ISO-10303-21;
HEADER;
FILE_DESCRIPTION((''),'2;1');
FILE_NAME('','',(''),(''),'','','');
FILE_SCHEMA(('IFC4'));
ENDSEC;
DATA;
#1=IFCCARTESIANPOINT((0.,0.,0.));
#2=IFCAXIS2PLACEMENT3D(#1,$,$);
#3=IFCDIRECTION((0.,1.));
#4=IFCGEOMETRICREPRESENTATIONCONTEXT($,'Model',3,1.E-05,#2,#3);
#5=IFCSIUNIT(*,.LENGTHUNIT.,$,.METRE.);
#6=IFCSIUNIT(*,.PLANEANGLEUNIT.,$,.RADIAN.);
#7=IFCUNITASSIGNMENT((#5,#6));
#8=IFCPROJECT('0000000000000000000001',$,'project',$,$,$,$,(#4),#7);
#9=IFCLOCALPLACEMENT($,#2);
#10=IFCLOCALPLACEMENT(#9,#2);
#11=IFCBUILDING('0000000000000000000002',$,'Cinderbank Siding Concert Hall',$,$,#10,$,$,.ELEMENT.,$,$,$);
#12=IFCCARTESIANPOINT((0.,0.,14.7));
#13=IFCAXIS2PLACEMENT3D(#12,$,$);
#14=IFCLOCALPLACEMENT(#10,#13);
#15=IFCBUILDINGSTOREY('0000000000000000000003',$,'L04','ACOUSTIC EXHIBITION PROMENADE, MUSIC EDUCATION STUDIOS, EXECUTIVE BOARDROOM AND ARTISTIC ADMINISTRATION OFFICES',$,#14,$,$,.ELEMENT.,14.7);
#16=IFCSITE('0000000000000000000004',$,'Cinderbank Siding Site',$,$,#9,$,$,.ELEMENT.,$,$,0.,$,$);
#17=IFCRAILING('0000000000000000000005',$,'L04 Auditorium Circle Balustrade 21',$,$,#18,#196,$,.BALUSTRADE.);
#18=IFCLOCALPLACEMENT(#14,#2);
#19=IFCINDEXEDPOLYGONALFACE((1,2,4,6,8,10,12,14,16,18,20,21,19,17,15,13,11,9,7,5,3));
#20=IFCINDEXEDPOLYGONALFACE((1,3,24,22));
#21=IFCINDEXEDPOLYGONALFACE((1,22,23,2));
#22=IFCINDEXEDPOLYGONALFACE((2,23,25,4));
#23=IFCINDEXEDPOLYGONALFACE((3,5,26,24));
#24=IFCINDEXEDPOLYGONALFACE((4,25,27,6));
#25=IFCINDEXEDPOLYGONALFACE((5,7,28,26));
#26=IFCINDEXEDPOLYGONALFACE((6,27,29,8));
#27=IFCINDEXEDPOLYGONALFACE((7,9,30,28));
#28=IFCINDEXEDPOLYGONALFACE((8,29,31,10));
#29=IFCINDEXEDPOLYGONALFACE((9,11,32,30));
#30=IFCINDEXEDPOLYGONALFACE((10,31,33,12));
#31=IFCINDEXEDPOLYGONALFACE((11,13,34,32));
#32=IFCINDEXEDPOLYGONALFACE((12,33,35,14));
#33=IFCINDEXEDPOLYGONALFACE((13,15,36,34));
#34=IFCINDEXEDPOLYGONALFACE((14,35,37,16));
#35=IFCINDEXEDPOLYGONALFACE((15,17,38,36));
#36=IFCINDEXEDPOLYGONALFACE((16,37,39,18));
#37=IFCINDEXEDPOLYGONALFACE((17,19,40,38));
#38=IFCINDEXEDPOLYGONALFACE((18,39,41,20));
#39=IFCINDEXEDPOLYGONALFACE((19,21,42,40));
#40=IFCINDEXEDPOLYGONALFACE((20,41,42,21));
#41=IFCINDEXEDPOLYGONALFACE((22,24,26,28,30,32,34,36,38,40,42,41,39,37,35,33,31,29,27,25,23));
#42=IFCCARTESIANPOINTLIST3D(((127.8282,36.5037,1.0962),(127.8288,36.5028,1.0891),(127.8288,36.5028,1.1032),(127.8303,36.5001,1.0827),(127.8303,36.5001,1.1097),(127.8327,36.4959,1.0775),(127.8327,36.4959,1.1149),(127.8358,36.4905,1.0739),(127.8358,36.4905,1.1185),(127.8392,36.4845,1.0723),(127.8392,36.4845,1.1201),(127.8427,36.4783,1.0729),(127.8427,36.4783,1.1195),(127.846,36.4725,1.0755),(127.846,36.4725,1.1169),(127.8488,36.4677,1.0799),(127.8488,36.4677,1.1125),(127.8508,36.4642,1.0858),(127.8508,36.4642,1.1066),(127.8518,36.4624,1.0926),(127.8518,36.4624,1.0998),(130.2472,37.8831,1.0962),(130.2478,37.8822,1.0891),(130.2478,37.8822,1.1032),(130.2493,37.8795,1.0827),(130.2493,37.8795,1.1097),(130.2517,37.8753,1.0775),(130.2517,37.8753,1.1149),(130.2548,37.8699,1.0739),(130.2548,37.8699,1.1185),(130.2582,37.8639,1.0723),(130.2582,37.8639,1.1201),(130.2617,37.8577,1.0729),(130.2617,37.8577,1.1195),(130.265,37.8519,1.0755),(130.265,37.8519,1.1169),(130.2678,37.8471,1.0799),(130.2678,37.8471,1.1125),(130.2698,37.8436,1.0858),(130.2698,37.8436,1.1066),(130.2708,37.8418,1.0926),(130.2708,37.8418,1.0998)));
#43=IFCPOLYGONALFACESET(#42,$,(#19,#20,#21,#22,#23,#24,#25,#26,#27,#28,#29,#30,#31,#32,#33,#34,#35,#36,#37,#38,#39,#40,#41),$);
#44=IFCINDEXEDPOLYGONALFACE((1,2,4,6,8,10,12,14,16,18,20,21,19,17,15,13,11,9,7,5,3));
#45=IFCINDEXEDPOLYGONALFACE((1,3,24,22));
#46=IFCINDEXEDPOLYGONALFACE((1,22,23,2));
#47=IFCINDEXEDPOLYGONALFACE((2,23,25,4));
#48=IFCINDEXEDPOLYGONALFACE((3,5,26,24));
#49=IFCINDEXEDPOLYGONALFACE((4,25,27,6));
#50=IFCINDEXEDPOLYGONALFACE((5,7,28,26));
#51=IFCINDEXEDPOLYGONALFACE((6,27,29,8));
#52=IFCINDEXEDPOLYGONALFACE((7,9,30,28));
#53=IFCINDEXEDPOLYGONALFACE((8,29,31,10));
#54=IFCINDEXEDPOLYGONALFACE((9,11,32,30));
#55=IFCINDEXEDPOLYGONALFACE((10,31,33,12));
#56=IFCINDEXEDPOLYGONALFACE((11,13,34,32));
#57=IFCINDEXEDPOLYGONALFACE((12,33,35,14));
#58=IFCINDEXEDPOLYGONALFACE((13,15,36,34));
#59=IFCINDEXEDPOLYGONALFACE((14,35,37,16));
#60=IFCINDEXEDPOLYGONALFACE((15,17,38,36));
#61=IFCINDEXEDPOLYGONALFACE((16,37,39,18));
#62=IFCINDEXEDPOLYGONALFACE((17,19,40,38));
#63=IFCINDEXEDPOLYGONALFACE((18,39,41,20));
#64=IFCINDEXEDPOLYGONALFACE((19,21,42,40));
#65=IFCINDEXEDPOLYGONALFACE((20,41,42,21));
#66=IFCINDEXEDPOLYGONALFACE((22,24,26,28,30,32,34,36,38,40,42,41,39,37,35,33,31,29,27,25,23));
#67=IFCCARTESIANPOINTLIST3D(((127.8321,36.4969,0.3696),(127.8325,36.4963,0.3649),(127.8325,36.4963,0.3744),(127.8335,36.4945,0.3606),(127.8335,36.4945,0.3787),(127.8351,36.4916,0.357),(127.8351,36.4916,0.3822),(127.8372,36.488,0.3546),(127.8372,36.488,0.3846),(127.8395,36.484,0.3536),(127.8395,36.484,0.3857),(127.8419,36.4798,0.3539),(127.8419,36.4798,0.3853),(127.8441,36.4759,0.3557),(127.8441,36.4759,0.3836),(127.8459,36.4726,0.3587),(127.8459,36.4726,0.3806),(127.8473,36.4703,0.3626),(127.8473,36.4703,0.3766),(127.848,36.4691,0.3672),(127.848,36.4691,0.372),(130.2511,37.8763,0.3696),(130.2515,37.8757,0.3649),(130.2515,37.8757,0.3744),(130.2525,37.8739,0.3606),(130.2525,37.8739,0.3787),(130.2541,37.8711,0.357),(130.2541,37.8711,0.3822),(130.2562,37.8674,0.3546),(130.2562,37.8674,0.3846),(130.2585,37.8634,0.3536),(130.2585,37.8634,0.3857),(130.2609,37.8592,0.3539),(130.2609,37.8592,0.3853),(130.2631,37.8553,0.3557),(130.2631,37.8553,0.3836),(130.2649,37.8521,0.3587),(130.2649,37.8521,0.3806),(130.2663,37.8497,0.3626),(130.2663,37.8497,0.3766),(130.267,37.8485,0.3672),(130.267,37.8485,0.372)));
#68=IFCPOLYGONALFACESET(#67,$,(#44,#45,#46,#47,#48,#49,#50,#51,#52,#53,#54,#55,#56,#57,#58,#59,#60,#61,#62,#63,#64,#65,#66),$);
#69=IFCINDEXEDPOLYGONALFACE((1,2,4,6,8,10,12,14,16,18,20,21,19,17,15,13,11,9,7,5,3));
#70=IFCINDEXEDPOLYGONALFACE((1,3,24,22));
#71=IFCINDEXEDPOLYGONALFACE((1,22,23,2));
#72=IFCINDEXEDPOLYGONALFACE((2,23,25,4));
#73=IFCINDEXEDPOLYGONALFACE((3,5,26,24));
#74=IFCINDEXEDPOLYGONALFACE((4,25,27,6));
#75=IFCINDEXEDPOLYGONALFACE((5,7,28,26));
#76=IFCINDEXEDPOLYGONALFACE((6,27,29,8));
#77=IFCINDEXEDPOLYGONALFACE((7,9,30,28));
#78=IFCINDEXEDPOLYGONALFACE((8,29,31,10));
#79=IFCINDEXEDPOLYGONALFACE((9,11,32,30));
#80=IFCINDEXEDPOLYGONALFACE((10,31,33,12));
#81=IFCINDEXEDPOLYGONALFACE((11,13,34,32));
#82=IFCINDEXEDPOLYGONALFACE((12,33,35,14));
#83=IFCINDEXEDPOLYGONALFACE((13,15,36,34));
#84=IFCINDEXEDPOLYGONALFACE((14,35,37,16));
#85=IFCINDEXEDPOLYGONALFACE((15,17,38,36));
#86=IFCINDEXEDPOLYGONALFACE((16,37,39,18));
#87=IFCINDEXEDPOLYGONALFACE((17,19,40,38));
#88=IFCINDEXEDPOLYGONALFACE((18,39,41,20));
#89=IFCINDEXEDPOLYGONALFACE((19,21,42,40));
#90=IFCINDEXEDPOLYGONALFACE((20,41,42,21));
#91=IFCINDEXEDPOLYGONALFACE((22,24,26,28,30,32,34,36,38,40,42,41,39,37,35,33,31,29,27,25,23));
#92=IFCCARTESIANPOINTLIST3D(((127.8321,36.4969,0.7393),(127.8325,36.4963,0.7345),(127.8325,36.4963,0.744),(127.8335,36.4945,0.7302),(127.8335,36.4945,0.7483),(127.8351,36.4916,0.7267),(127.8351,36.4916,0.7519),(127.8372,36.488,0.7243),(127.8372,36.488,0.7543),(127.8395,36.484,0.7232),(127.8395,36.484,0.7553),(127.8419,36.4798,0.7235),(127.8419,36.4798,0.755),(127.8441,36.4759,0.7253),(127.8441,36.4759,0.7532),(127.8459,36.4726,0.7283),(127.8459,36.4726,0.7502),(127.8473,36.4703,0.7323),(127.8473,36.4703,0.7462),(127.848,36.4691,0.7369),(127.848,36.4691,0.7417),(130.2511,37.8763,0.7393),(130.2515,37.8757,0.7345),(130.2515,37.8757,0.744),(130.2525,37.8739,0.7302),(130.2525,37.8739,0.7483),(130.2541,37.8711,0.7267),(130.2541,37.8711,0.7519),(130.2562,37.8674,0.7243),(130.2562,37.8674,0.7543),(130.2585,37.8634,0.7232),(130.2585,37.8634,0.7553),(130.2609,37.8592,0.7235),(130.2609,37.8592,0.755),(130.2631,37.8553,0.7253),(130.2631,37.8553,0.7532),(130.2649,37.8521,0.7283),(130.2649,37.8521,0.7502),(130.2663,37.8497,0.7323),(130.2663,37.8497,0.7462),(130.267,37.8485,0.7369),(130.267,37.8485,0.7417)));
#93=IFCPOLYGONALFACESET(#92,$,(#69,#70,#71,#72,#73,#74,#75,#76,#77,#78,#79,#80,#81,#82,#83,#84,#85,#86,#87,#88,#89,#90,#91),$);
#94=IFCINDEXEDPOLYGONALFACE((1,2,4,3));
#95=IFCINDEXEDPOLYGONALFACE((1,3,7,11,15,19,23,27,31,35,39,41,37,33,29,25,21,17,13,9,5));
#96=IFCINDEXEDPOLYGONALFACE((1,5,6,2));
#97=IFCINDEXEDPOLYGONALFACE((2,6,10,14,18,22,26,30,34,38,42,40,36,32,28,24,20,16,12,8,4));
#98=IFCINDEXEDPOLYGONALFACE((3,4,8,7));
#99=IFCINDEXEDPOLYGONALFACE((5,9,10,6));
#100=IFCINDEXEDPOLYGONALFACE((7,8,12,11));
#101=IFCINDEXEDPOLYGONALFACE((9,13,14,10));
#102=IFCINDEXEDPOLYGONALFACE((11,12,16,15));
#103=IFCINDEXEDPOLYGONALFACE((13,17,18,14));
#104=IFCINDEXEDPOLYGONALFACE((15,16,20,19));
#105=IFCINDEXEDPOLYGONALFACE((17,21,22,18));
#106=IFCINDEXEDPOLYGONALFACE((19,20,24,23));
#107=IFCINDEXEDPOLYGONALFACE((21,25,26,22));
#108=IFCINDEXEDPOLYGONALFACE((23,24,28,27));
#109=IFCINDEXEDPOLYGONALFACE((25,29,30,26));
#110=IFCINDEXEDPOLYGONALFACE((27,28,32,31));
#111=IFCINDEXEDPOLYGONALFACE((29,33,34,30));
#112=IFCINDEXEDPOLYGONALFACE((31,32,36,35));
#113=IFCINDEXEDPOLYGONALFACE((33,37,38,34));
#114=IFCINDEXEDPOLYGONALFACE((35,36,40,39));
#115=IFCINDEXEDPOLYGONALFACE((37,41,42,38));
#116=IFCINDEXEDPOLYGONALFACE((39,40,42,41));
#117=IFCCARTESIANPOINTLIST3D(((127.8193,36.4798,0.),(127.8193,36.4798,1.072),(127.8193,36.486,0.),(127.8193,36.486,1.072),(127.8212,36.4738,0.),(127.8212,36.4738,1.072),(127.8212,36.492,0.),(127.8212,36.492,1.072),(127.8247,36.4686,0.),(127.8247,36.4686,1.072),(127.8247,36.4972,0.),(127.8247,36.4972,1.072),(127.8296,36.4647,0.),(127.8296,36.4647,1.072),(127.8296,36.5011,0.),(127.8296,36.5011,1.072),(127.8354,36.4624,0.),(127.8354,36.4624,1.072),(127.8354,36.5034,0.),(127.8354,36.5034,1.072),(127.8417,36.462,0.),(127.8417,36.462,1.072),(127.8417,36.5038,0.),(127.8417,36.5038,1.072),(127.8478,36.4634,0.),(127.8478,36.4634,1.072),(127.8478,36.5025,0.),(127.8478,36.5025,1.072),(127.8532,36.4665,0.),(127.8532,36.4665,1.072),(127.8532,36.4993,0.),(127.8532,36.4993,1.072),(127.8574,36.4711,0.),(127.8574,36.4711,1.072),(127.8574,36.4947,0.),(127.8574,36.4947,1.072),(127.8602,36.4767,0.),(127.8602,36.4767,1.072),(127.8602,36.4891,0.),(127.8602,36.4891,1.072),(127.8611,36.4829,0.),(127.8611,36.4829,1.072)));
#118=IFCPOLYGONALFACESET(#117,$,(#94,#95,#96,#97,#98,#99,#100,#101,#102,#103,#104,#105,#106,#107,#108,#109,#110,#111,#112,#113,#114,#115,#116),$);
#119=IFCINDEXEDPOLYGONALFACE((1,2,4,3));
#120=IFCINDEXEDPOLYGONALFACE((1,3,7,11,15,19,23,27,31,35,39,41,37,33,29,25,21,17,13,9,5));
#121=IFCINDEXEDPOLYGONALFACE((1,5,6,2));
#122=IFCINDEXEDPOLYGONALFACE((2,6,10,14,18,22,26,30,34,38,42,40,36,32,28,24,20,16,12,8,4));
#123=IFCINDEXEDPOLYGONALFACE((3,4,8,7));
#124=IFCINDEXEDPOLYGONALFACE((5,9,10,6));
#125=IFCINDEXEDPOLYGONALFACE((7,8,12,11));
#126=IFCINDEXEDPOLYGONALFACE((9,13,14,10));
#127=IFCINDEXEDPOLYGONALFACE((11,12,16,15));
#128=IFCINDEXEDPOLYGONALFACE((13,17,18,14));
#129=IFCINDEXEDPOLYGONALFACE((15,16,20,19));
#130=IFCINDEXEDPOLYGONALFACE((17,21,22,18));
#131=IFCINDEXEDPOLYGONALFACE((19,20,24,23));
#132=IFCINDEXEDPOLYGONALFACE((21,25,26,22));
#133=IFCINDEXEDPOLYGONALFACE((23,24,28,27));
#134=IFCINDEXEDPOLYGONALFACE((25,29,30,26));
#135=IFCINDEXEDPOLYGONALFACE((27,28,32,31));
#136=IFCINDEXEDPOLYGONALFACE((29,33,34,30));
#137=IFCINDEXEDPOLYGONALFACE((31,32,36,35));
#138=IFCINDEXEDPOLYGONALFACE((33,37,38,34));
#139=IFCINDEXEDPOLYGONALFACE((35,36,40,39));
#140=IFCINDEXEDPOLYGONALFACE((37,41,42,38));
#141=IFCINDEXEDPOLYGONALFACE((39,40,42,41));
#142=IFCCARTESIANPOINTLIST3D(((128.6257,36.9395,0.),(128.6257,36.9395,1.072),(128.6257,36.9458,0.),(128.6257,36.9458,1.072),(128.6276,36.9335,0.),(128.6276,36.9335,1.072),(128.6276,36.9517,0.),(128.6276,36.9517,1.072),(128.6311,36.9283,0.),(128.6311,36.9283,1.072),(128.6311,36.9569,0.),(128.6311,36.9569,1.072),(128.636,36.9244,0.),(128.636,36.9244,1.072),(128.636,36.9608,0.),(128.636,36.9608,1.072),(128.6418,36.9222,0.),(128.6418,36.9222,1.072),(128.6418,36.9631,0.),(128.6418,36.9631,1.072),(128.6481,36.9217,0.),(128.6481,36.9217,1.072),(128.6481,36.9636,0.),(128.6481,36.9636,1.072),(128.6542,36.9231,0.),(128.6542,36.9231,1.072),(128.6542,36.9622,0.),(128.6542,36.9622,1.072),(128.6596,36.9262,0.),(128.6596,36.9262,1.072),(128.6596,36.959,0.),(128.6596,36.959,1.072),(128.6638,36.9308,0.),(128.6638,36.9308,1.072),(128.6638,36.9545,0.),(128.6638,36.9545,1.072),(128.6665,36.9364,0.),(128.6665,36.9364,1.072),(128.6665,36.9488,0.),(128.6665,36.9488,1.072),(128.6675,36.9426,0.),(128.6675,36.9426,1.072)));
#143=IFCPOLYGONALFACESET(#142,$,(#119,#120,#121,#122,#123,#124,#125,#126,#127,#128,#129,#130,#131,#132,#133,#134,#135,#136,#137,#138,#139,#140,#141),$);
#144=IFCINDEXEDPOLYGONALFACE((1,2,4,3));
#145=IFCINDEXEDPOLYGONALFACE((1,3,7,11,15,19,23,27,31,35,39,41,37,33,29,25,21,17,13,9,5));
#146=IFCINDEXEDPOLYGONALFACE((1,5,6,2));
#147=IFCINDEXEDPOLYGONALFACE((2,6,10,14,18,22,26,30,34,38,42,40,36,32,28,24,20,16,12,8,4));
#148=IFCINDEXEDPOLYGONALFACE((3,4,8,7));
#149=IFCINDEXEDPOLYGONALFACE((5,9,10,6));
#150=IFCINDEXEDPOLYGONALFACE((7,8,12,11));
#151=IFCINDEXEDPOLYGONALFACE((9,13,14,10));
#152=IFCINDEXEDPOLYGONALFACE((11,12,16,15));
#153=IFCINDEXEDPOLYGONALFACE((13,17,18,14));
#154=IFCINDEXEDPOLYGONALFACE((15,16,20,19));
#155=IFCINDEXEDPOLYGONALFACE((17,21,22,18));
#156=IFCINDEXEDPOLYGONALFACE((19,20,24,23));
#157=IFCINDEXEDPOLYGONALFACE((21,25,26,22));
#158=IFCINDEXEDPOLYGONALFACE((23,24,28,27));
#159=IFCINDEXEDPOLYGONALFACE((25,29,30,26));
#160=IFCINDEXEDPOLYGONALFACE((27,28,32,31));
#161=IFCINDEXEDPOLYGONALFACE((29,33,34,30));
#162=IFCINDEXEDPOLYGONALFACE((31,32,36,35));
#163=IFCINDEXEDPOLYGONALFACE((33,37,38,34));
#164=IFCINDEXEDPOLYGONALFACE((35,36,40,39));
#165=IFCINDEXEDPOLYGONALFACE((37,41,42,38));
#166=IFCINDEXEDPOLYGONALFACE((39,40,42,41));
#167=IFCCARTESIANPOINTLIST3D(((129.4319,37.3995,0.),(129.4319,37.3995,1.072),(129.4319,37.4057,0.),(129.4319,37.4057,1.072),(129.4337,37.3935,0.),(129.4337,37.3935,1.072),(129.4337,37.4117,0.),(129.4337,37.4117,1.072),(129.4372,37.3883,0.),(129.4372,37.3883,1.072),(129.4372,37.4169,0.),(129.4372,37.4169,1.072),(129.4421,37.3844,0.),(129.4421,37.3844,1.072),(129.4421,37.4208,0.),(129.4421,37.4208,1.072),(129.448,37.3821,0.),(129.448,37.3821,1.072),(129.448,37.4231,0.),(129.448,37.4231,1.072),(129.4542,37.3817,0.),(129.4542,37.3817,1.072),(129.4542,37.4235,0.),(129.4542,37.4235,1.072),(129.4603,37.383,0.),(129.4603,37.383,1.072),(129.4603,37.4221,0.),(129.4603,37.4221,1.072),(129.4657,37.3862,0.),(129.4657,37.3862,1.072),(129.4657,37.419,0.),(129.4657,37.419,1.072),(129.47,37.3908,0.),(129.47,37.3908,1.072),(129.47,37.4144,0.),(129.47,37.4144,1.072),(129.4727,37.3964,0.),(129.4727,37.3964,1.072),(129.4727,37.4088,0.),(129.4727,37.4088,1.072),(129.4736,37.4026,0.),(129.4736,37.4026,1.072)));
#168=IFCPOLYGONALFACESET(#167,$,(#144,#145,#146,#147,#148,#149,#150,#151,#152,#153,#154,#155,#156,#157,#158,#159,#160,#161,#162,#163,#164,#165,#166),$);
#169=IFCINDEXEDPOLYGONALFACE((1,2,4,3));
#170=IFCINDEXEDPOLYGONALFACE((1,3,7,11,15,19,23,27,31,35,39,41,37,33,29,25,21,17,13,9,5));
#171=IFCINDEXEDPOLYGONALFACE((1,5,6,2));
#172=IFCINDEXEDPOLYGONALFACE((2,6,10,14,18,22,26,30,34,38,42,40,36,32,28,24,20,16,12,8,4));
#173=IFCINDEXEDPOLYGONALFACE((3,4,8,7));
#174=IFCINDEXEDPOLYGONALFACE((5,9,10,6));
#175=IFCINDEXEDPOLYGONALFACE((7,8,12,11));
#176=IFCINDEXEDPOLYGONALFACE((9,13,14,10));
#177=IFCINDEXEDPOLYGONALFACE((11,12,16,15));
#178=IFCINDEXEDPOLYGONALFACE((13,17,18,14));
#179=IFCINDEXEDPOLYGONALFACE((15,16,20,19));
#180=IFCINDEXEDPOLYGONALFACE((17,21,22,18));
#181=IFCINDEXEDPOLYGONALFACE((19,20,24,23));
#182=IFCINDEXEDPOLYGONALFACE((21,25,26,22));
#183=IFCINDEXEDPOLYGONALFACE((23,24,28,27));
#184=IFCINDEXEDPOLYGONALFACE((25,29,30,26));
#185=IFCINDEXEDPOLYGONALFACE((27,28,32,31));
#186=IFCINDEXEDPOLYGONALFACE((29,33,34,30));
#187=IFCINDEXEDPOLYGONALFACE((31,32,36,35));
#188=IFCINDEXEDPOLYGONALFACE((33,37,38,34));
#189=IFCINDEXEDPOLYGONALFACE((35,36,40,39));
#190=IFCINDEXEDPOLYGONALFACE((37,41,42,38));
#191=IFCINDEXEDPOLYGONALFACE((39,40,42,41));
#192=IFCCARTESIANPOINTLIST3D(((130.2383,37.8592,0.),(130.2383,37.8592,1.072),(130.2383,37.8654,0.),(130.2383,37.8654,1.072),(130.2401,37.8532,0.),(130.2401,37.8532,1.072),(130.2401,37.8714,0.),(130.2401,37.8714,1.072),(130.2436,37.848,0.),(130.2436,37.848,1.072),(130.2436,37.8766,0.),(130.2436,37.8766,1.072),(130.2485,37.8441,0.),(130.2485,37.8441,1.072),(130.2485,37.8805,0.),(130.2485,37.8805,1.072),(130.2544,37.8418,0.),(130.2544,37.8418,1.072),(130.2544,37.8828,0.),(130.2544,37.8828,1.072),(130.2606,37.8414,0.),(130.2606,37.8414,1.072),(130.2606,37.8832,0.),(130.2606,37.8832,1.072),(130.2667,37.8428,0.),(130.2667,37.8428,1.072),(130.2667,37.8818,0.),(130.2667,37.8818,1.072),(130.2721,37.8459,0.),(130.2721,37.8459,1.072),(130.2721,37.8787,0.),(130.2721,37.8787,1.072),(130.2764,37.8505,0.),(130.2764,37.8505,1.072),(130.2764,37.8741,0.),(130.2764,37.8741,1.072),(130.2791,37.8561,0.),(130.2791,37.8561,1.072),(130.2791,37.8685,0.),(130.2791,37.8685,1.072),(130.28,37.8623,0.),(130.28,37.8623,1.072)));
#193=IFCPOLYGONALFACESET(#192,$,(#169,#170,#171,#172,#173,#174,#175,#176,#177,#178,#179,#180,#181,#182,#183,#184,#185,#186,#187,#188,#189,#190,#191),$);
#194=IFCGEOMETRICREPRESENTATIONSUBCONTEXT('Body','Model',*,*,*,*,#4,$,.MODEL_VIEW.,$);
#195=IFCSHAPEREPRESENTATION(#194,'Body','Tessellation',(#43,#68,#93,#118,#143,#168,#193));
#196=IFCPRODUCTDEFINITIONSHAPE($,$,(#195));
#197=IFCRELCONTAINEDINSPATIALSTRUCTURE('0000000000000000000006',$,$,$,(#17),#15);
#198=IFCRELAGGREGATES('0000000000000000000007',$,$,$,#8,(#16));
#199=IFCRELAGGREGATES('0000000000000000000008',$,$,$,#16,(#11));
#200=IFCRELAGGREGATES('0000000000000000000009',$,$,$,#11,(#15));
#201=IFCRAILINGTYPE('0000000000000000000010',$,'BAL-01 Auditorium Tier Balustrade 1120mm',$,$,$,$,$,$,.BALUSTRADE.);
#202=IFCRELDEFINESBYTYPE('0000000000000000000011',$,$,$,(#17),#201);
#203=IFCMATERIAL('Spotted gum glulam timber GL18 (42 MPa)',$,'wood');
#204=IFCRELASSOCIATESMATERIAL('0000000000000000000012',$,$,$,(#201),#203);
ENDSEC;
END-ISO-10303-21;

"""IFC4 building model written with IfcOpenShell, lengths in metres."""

from ifc_helpers import new_model, si_unit, direction, frame, origin, origin_2d, place, context, subcontext, project, spatial, circle, extrude, material, type_object, element, save


model = new_model("IFC4")

# Units and contexts
model_context = context("Model", 3, precision=1e-05, world=origin(), true_north=direction((0.0, 1.0)))
body_context = subcontext(model_context, "Body", "Model", "MODEL_VIEW")
ifc_project = project(units=[si_unit("LENGTHUNIT", "METRE"), si_unit("PLANEANGLEUNIT", "RADIAN")], contexts=[model_context])

# Site, building, storey
site_placement = place(None, origin())
site = spatial("IfcSite", under=ifc_project, at=site_placement, Name="Cinderbank Siding Site", CompositionType="ELEMENT", RefElevation=0.0)
building_placement = place(site_placement, origin())
building = spatial("IfcBuilding", under=site, at=building_placement, Name="Cinderbank Siding Concert Hall", CompositionType="ELEMENT")
storey_placement = place(building_placement, frame((0.0, 0.0, 14.7)))
storey = spatial("IfcBuildingStorey", under=building, at=storey_placement, Name="L04", Description="ACOUSTIC EXHIBITION PROMENADE, MUSIC EDUCATION STUDIOS, EXECUTIVE BOARDROOM AND ARTISTIC ADMINISTRATION OFFICES", CompositionType="ELEMENT", Elevation=14.7)

# Shared definitions
ifc_material_1 = material(Name="Spotted gum glulam timber GL18 (42 MPa)", Category="wood")

# Railing
railing_type = type_object("IfcRailingType", Name="BAL-01 Auditorium Tier Balustrade 1120mm", PredefinedType="BALUSTRADE", material=ifc_material_1)
railing_1_placement = place(storey_placement, frame((127.8401, 36.4829, 0.0)))
element("IfcRailing", 1, at=railing_1_placement, inside=storey, type_object=railing_type, Name="L04 Auditorium Circle Balustrade 21", PredefinedType="BALUSTRADE", context=body_context, shape_type="SweptSolid", body=[
    extrude(circle(Radius=0.0239, at=origin_2d()), frame((0.0, 0.0, 1.0962), z_axis=(0.868685, 0.495365, 0.0), x_axis=(-0.495365, 0.868685, 0.0)), (0.0, 0.0, 1.0), 2.7847),
    extrude(circle(Radius=0.0161, at=origin_2d()), frame((0.0, 0.0, 0.3696), z_axis=(0.868685, 0.495365, 0.0), x_axis=(-0.495365, 0.868685, 0.0)), (0.0, 0.0, 1.0), 2.7847),
    extrude(circle(Radius=0.0161, at=origin_2d()), frame((0.0, 0.0, 0.7393), z_axis=(0.868685, 0.495365, 0.0), x_axis=(-0.495365, 0.868685, 0.0)), (0.0, 0.0, 1.0), 2.7847),
    extrude(circle(Radius=0.021, at=origin_2d()), origin(), (0.0, 0.0, 1.0), 1.072),
    extrude(circle(Radius=0.021, at=origin_2d()), frame((0.8064, 0.4597, 0.0)), (0.0, 0.0, 1.0), 1.072),
    extrude(circle(Radius=0.021, at=origin_2d()), frame((1.6125, 0.9197, 0.0)), (0.0, 0.0, 1.0), 1.072),
    extrude(circle(Radius=0.021, at=origin_2d()), frame((2.4189, 1.3794, 0.0)), (0.0, 0.0, 1.0), 1.072),
])

save(model, "model.ifc")
